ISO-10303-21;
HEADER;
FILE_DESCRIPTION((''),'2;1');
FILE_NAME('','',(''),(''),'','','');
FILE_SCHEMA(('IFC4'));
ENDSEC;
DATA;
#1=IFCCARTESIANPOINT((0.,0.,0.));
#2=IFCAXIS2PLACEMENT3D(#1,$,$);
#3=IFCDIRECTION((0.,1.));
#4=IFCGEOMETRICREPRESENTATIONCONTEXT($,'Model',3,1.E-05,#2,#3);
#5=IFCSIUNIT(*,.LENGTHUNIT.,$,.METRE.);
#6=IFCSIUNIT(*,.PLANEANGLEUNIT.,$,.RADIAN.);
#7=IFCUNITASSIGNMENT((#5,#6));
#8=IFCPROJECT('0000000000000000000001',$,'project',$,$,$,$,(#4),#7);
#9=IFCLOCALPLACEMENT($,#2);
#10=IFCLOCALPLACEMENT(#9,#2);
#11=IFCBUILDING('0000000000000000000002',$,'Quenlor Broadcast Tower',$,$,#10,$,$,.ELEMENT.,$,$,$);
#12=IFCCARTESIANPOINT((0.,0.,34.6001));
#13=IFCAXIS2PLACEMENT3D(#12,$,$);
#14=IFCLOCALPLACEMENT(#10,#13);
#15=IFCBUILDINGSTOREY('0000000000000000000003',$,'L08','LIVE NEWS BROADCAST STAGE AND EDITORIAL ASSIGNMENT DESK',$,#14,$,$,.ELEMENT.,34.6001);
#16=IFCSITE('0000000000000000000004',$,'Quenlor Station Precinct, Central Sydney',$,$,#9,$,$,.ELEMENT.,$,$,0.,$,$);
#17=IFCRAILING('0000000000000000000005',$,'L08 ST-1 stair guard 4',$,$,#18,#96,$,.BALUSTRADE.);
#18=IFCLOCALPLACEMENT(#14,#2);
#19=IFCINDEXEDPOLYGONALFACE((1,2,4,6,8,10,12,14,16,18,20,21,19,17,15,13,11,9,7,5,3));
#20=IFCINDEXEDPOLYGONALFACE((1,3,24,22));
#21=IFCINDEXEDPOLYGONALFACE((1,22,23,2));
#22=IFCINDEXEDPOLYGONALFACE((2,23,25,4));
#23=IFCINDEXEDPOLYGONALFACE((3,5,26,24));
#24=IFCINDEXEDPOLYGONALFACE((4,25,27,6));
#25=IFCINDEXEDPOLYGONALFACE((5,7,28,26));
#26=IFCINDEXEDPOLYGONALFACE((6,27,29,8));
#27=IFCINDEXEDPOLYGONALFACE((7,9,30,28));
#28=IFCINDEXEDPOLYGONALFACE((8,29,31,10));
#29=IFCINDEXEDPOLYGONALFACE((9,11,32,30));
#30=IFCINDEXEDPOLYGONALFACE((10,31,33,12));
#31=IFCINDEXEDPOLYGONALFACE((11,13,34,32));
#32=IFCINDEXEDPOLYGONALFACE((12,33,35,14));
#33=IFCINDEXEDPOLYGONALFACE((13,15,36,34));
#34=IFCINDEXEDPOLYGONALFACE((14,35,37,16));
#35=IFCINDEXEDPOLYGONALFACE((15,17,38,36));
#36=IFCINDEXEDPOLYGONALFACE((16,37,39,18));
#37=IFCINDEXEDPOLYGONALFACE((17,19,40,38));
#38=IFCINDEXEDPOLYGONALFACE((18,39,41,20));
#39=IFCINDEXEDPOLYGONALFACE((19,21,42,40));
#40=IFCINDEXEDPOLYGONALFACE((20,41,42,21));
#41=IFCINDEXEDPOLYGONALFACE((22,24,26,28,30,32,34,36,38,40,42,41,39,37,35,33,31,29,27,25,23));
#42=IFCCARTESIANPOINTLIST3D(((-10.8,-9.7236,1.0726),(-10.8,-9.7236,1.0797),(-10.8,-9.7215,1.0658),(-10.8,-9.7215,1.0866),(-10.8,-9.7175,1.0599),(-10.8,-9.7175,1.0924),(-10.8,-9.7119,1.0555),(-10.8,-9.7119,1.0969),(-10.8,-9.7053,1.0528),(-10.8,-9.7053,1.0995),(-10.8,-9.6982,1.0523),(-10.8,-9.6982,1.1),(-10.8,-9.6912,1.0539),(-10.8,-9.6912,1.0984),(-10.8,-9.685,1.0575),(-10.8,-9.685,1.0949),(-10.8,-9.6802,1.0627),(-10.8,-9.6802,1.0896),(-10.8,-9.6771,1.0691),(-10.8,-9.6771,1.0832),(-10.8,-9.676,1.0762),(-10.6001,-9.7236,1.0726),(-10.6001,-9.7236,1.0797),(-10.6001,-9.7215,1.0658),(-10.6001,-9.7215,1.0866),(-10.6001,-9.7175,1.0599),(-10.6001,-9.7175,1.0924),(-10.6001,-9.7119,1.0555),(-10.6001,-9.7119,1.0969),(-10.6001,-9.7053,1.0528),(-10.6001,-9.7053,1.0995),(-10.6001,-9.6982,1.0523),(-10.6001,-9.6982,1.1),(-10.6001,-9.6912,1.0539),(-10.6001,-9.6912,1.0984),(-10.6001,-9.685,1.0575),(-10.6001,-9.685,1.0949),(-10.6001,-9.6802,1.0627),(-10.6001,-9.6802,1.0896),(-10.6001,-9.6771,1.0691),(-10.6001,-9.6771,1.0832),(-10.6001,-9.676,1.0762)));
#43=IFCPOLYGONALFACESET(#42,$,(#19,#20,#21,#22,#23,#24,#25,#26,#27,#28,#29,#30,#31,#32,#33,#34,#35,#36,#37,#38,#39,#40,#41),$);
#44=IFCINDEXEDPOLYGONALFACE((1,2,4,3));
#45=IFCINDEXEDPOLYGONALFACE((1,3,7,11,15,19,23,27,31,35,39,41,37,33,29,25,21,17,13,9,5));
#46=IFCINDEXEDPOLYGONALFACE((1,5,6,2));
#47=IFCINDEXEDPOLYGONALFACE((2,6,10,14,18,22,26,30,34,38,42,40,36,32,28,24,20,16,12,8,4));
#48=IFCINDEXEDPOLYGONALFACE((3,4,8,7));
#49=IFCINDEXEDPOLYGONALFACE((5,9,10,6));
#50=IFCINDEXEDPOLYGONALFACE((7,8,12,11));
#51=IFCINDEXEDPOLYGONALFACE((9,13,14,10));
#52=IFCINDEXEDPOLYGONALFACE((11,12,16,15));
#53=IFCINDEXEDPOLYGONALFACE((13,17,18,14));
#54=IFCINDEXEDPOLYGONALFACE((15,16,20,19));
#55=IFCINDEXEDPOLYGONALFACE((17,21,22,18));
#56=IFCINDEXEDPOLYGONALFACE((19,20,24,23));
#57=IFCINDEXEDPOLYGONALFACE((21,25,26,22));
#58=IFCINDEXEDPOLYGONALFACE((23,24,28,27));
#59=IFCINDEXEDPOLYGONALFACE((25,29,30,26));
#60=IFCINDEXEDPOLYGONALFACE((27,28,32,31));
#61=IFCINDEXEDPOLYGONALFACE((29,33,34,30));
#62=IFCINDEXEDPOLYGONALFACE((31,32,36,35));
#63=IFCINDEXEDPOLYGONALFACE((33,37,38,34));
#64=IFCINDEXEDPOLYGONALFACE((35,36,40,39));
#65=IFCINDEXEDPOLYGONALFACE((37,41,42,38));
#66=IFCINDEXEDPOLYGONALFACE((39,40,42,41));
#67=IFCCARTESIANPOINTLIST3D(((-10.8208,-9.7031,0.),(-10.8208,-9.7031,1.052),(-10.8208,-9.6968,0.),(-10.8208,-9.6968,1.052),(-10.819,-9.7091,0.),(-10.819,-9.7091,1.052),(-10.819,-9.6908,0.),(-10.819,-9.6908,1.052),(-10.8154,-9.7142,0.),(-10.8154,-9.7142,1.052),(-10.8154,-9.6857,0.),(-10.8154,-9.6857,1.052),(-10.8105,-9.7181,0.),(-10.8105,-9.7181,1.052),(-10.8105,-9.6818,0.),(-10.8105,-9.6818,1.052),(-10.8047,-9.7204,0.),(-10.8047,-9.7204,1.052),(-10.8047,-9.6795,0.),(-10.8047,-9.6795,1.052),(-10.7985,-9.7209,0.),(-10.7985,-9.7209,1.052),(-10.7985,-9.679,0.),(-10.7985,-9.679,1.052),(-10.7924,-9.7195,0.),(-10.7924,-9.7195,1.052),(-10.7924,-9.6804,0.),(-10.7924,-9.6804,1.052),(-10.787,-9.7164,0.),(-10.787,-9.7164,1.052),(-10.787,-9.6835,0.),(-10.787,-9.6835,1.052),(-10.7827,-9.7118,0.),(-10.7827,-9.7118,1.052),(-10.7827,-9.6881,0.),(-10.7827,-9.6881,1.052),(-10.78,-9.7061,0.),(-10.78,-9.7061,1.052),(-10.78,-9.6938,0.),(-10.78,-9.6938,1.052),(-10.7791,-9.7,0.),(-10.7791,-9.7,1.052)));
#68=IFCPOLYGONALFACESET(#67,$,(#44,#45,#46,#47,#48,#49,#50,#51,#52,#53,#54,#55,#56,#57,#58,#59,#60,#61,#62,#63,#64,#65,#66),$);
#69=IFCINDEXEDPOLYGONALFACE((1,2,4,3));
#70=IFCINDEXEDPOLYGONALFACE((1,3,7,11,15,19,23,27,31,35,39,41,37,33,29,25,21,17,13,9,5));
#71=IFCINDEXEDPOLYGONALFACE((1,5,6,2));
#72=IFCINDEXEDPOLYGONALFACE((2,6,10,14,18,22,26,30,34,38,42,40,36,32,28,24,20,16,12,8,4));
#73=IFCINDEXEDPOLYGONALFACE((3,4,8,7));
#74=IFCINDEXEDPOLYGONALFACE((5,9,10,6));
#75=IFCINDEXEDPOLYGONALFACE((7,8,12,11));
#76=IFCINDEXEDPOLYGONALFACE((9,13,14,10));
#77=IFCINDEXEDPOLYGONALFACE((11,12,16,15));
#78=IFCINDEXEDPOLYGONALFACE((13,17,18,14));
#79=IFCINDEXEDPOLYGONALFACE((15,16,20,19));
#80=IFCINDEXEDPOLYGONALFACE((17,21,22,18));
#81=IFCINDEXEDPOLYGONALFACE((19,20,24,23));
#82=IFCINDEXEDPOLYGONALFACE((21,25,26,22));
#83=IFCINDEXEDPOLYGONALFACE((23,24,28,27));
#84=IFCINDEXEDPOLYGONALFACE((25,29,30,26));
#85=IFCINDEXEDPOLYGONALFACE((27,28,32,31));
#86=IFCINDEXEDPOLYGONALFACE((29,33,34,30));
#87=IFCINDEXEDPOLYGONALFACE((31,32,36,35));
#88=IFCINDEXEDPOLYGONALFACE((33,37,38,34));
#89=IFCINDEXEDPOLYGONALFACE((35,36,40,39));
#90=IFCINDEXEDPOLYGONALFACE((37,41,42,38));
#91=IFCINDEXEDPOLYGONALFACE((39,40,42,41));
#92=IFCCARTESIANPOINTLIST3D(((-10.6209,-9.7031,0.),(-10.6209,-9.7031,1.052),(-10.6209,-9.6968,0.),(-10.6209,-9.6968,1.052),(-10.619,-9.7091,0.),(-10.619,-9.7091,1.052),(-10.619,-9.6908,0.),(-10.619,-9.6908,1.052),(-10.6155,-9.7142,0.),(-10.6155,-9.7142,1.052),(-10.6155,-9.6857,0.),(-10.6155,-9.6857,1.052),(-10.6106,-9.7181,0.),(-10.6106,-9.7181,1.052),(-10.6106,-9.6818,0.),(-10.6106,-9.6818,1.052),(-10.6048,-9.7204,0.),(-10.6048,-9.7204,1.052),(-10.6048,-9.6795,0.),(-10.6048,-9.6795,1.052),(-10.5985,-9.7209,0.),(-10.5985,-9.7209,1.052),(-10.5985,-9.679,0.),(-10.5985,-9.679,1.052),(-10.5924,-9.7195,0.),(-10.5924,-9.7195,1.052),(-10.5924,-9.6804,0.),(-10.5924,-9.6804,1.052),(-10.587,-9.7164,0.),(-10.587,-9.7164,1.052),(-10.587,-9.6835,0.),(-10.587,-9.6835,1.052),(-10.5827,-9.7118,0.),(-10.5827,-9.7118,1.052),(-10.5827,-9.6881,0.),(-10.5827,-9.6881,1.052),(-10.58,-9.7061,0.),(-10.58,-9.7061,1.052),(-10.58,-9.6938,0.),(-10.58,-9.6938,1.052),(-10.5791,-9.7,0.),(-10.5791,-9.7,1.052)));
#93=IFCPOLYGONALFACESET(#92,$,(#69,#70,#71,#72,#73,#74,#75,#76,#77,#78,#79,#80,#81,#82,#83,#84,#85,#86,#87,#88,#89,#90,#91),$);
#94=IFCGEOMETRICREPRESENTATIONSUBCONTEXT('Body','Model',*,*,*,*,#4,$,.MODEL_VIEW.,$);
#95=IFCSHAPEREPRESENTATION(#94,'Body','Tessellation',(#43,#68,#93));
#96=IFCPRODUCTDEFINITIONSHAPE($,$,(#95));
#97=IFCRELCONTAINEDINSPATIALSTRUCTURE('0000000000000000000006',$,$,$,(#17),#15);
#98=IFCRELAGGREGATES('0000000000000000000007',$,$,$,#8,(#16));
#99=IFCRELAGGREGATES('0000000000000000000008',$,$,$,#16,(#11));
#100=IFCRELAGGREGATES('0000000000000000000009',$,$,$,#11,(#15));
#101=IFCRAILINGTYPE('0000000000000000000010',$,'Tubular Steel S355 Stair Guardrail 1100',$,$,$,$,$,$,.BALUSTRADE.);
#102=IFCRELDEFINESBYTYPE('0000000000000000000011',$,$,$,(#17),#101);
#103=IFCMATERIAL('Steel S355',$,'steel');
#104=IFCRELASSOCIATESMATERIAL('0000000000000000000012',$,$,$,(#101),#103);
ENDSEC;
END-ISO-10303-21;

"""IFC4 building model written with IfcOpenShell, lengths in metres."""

from ifc_helpers import new_model, si_unit, direction, frame, origin, origin_2d, place, context, subcontext, project, spatial, circle, extrude, material, type_object, element, save


model = new_model("IFC4")

# Units and contexts
model_context = context("Model", 3, precision=1e-05, world=origin(), true_north=direction((0.0, 1.0)))
body_context = subcontext(model_context, "Body", "Model", "MODEL_VIEW")
ifc_project = project(units=[si_unit("LENGTHUNIT", "METRE"), si_unit("PLANEANGLEUNIT", "RADIAN")], contexts=[model_context])

# Site, building, storey
site_placement = place(None, origin())
site = spatial("IfcSite", under=ifc_project, at=site_placement, Name="Quenlor Station Precinct, Central Sydney", CompositionType="ELEMENT", RefElevation=0.0)
building_placement = place(site_placement, origin())
building = spatial("IfcBuilding", under=site, at=building_placement, Name="Quenlor Broadcast Tower", CompositionType="ELEMENT")
storey_placement = place(building_placement, frame((0.0, 0.0, 34.6001)))
storey = spatial("IfcBuildingStorey", under=building, at=storey_placement, Name="L08", Description="LIVE NEWS BROADCAST STAGE AND EDITORIAL ASSIGNMENT DESK", CompositionType="ELEMENT", Elevation=34.6001)

# Railing
ifc_material_1 = material(Name="Steel S355", Category="steel")
railing_type_1 = type_object("IfcRailingType", Name="Tubular Steel S355 Stair Guardrail 1100", PredefinedType="BALUSTRADE", material=ifc_material_1)
railing_1_placement = place(storey_placement, frame((-10.8, -9.7, 0.0)))
element("IfcRailing", 1, at=railing_1_placement, inside=storey, type_object=railing_type_1, Name="L08 ST-1 stair guard 4", PredefinedType="BALUSTRADE", context=body_context, shape_type="SweptSolid", body=[
    extrude(circle(Radius=0.0239, at=origin_2d()), frame((0.0, 0.0, 1.0762), z_axis=(1.0, 0.0, 0.0), x_axis=(0.0, 1.0, 0.0)), (0.0, 0.0, 1.0), 0.2),
    extrude(circle(Radius=0.021, at=origin_2d()), origin(), (0.0, 0.0, 1.0), 1.052),
    extrude(circle(Radius=0.021, at=origin_2d()), frame((0.2, 0.0, 0.0)), (0.0, 0.0, 1.0), 1.052),
])

save(model, "model.ifc")
